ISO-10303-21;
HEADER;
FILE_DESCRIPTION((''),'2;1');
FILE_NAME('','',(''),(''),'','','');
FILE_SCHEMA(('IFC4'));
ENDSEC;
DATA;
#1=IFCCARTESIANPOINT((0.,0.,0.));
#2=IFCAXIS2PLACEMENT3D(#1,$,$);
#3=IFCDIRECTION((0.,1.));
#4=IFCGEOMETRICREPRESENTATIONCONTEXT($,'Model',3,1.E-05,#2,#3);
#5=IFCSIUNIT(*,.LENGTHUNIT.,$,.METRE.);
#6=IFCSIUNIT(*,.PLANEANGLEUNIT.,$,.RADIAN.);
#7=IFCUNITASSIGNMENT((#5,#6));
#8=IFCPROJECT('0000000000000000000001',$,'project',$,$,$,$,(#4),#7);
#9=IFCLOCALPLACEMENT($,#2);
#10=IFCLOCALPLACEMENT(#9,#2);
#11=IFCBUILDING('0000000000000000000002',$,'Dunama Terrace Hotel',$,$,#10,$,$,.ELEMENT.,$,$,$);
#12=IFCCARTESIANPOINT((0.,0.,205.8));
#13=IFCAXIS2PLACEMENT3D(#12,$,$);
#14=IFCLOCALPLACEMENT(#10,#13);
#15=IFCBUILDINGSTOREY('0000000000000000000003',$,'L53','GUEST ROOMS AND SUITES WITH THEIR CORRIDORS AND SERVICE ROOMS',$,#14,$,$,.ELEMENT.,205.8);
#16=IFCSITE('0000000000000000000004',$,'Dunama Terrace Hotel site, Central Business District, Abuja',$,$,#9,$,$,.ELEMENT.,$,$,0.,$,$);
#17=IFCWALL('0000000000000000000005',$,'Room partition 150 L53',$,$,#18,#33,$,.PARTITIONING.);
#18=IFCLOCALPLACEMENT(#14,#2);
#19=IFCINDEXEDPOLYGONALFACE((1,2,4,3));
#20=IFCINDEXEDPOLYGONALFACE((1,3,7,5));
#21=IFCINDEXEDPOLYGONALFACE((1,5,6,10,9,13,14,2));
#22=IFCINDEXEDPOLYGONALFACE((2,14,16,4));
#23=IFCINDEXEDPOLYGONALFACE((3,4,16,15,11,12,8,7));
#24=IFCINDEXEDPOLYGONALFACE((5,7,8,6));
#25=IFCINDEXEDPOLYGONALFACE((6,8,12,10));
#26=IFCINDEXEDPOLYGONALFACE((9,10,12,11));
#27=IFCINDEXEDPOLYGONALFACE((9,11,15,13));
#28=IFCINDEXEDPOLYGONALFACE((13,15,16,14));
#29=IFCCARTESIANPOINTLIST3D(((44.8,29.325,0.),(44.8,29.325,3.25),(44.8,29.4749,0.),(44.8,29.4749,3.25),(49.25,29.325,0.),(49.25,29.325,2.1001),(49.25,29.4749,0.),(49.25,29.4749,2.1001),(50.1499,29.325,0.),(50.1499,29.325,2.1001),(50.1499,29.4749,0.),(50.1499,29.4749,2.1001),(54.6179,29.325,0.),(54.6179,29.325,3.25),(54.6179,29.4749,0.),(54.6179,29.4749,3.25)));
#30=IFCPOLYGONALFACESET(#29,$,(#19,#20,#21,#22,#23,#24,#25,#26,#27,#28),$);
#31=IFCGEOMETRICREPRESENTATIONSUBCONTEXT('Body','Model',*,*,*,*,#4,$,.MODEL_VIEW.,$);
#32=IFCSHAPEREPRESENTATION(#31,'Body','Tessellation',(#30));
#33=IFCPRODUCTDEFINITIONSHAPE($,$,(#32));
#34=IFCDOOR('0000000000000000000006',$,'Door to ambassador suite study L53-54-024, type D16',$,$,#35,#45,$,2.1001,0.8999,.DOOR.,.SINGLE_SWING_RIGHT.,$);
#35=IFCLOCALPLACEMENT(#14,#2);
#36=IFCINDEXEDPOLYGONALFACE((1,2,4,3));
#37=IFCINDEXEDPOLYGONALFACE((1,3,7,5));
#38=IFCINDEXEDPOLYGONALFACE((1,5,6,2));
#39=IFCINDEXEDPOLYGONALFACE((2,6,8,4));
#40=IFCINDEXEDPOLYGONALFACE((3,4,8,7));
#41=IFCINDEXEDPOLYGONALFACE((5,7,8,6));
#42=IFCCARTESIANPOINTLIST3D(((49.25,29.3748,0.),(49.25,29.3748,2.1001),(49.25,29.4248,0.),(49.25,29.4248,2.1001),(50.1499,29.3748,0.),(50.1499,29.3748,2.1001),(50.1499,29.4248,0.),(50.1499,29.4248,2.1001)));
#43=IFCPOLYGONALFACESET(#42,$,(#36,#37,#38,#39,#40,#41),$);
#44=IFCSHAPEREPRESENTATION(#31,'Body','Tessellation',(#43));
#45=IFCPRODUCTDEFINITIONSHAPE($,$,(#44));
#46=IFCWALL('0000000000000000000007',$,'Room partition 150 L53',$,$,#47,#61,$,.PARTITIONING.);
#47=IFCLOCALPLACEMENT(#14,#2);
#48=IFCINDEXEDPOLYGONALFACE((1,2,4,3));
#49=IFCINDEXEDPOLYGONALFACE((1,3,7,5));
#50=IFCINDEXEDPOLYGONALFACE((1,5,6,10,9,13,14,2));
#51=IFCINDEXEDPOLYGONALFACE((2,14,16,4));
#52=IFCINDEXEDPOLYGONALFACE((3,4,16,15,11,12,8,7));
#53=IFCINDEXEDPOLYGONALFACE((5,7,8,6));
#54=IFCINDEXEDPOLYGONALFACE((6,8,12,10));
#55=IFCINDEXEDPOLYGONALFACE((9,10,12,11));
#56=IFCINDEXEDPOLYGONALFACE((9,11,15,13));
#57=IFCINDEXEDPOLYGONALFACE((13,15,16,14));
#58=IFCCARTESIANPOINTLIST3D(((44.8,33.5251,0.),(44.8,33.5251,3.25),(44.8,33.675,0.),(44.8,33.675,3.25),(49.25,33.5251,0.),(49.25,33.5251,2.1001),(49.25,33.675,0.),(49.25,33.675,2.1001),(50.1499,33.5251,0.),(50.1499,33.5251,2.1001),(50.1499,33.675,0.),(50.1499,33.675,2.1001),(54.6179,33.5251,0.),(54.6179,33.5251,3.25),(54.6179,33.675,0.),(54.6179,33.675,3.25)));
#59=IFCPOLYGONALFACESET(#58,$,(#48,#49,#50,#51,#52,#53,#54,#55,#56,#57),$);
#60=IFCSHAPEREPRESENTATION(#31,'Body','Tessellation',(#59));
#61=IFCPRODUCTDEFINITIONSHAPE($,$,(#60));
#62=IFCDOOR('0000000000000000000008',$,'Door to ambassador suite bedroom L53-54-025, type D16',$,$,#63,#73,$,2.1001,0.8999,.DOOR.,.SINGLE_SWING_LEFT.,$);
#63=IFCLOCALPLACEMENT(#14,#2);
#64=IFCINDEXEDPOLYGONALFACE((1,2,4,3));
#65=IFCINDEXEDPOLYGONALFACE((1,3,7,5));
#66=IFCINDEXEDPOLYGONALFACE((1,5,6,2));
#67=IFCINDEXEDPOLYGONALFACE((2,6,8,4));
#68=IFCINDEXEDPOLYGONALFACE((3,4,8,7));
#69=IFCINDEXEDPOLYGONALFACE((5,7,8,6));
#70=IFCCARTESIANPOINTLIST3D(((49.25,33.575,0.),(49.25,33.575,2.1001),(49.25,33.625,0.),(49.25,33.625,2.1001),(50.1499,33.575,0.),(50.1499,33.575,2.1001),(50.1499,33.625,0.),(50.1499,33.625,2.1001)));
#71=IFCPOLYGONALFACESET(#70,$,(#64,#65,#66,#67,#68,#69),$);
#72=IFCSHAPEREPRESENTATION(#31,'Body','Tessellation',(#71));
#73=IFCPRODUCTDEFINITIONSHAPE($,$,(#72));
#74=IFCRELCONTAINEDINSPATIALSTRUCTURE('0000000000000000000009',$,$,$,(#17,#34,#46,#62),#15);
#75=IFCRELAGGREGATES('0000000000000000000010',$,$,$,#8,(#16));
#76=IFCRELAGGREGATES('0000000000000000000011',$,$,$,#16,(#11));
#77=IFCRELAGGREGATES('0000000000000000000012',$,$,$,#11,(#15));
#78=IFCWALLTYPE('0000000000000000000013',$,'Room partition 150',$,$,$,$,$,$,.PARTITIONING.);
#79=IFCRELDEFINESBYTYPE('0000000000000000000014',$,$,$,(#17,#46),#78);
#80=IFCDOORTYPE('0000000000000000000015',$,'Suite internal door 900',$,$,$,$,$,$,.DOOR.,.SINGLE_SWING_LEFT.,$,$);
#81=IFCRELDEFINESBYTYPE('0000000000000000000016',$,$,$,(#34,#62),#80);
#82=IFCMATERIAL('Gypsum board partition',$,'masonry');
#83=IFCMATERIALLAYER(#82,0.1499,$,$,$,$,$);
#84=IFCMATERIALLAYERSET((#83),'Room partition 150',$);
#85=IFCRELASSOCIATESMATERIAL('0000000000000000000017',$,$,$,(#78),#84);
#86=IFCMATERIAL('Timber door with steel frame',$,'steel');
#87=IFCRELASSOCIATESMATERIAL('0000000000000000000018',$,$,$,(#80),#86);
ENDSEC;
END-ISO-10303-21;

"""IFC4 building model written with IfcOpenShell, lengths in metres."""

from ifc_helpers import new_model, si_unit, direction, frame, frame_2d, origin, place, context, subcontext, project, spatial, rectangle, extrude, material, layer, layer_set, type_object, element, fill, save


model = new_model("IFC4")

# Units and contexts
model_context = context("Model", 3, precision=1e-05, world=origin(), true_north=direction((0.0, 1.0)))
body_context = subcontext(model_context, "Body", "Model", "MODEL_VIEW")
ifc_project = project(units=[si_unit("LENGTHUNIT", "METRE"), si_unit("PLANEANGLEUNIT", "RADIAN")], contexts=[model_context])

# Site, building, storey
site_placement = place(None, origin())
site = spatial("IfcSite", under=ifc_project, at=site_placement, Name="Dunama Terrace Hotel site, Central Business District, Abuja", CompositionType="ELEMENT", RefElevation=0.0)
building_placement = place(site_placement, origin())
building = spatial("IfcBuilding", under=site, at=building_placement, Name="Dunama Terrace Hotel", CompositionType="ELEMENT")
storey_placement = place(building_placement, frame((0.0, 0.0, 205.8)))
storey = spatial("IfcBuildingStorey", under=building, at=storey_placement, Name="L53", Description="GUEST ROOMS AND SUITES WITH THEIR CORRIDORS AND SERVICE ROOMS", CompositionType="ELEMENT", Elevation=205.8)

# Walls, openings, doors
ifc_material_1 = material(Name="Gypsum board partition", Category="masonry")
ifc_layer_1 = layer(ifc_material_1, 0.1499)
ifc_layer_set_1 = layer_set([ifc_layer_1], Name="Room partition 150")
wall_type_1 = type_object("IfcWallType", Name="Room partition 150", PredefinedType="PARTITIONING", material=ifc_layer_set_1)
wall_1_placement = place(storey_placement, frame((44.8, 29.3999, 0.0), z_axis=(0.0, 0.0, 1.0), x_axis=(1.0, 0.0, 0.0)))
wall_1 = element("IfcWall", 1, at=wall_1_placement, inside=storey, type_object=wall_type_1, Name="Room partition 150 L53", PredefinedType="PARTITIONING", context=body_context, shape_type="SweptSolid", body=[
    extrude(rectangle(XDim=9.8179, YDim=0.1499, at=frame_2d((4.9089, 0.0))), origin(), (0.0, 0.0, 1.0), 3.25),
])
opening_1_placement = place(wall_1_placement, frame((4.45, 0.0, 0.0)))
opening_1 = element("IfcOpeningElement", 2, at=opening_1_placement, cuts=wall_1, PredefinedType="OPENING", context=body_context, shape_type="SweptSolid", body=[
    extrude(rectangle(XDim=0.8999, YDim=2.1001, at=frame_2d((0.45, 1.05))), frame((0.0, 0.085, 0.0), z_axis=(0.0, -1.0, 0.0), x_axis=(1.0, 0.0, 0.0)), (0.0, 0.0, 1.0), 0.1699),
])
ifc_material_2 = material(Name="Timber door with steel frame", Category="steel")
door_type_1 = type_object("IfcDoorType", Name="Suite internal door 900", OperationType="SINGLE_SWING_LEFT", PredefinedType="DOOR", material=ifc_material_2)
door_1_placement = place(opening_1_placement, frame((0.8999, 0.0, 0.0), z_axis=(0.0, 0.0, 1.0), x_axis=(-1.0, 0.0, 0.0)))
door_1 = element("IfcDoor", 3, at=door_1_placement, inside=storey, type_object=door_type_1, Name="Door to ambassador suite study L53-54-024, type D16", OperationType="SINGLE_SWING_RIGHT", OverallHeight=2.1001, OverallWidth=0.8999, PredefinedType="DOOR", context=body_context, shape_type="SweptSolid", body=[
    extrude(rectangle(XDim=0.8999, YDim=2.1001, at=frame_2d((0.45, 1.05))), frame((0.0, 0.0251, 0.0), z_axis=(0.0, -1.0, 0.0), x_axis=(1.0, 0.0, 0.0)), (0.0, 0.0, 1.0), 0.05),
])
fill(opening_1, door_1)
wall_2_placement = place(storey_placement, frame((44.8, 33.6001, 0.0), z_axis=(0.0, 0.0, 1.0), x_axis=(1.0, 0.0, 0.0)))
wall_2 = element("IfcWall", 4, at=wall_2_placement, inside=storey, type_object=wall_type_1, Name="Room partition 150 L53", PredefinedType="PARTITIONING", context=body_context, shape_type="SweptSolid", body=[
    extrude(rectangle(XDim=9.8179, YDim=0.1499, at=frame_2d((4.9089, 0.0))), origin(), (0.0, 0.0, 1.0), 3.25),
])
opening_2_placement = place(wall_2_placement, frame((4.45, 0.0, 0.0)))
opening_2 = element("IfcOpeningElement", 5, at=opening_2_placement, cuts=wall_2, PredefinedType="OPENING", context=body_context, shape_type="SweptSolid", body=[
    extrude(rectangle(XDim=0.8999, YDim=2.1001, at=frame_2d((0.45, 1.05))), frame((0.0, 0.085, 0.0), z_axis=(0.0, -1.0, 0.0), x_axis=(1.0, 0.0, 0.0)), (0.0, 0.0, 1.0), 0.1699),
])
door_2_placement = place(opening_2_placement, origin())
door_2 = element("IfcDoor", 6, at=door_2_placement, inside=storey, type_object=door_type_1, Name="Door to ambassador suite bedroom L53-54-025, type D16", OperationType="SINGLE_SWING_LEFT", OverallHeight=2.1001, OverallWidth=0.8999, PredefinedType="DOOR", context=body_context, shape_type="SweptSolid", body=[
    extrude(rectangle(XDim=0.8999, YDim=2.1001, at=frame_2d((0.45, 1.05))), frame((0.0, 0.0249, 0.0), z_axis=(0.0, -1.0, 0.0), x_axis=(1.0, 0.0, 0.0)), (0.0, 0.0, 1.0), 0.05),
])
fill(opening_2, door_2)

save(model, "model.ifc")
